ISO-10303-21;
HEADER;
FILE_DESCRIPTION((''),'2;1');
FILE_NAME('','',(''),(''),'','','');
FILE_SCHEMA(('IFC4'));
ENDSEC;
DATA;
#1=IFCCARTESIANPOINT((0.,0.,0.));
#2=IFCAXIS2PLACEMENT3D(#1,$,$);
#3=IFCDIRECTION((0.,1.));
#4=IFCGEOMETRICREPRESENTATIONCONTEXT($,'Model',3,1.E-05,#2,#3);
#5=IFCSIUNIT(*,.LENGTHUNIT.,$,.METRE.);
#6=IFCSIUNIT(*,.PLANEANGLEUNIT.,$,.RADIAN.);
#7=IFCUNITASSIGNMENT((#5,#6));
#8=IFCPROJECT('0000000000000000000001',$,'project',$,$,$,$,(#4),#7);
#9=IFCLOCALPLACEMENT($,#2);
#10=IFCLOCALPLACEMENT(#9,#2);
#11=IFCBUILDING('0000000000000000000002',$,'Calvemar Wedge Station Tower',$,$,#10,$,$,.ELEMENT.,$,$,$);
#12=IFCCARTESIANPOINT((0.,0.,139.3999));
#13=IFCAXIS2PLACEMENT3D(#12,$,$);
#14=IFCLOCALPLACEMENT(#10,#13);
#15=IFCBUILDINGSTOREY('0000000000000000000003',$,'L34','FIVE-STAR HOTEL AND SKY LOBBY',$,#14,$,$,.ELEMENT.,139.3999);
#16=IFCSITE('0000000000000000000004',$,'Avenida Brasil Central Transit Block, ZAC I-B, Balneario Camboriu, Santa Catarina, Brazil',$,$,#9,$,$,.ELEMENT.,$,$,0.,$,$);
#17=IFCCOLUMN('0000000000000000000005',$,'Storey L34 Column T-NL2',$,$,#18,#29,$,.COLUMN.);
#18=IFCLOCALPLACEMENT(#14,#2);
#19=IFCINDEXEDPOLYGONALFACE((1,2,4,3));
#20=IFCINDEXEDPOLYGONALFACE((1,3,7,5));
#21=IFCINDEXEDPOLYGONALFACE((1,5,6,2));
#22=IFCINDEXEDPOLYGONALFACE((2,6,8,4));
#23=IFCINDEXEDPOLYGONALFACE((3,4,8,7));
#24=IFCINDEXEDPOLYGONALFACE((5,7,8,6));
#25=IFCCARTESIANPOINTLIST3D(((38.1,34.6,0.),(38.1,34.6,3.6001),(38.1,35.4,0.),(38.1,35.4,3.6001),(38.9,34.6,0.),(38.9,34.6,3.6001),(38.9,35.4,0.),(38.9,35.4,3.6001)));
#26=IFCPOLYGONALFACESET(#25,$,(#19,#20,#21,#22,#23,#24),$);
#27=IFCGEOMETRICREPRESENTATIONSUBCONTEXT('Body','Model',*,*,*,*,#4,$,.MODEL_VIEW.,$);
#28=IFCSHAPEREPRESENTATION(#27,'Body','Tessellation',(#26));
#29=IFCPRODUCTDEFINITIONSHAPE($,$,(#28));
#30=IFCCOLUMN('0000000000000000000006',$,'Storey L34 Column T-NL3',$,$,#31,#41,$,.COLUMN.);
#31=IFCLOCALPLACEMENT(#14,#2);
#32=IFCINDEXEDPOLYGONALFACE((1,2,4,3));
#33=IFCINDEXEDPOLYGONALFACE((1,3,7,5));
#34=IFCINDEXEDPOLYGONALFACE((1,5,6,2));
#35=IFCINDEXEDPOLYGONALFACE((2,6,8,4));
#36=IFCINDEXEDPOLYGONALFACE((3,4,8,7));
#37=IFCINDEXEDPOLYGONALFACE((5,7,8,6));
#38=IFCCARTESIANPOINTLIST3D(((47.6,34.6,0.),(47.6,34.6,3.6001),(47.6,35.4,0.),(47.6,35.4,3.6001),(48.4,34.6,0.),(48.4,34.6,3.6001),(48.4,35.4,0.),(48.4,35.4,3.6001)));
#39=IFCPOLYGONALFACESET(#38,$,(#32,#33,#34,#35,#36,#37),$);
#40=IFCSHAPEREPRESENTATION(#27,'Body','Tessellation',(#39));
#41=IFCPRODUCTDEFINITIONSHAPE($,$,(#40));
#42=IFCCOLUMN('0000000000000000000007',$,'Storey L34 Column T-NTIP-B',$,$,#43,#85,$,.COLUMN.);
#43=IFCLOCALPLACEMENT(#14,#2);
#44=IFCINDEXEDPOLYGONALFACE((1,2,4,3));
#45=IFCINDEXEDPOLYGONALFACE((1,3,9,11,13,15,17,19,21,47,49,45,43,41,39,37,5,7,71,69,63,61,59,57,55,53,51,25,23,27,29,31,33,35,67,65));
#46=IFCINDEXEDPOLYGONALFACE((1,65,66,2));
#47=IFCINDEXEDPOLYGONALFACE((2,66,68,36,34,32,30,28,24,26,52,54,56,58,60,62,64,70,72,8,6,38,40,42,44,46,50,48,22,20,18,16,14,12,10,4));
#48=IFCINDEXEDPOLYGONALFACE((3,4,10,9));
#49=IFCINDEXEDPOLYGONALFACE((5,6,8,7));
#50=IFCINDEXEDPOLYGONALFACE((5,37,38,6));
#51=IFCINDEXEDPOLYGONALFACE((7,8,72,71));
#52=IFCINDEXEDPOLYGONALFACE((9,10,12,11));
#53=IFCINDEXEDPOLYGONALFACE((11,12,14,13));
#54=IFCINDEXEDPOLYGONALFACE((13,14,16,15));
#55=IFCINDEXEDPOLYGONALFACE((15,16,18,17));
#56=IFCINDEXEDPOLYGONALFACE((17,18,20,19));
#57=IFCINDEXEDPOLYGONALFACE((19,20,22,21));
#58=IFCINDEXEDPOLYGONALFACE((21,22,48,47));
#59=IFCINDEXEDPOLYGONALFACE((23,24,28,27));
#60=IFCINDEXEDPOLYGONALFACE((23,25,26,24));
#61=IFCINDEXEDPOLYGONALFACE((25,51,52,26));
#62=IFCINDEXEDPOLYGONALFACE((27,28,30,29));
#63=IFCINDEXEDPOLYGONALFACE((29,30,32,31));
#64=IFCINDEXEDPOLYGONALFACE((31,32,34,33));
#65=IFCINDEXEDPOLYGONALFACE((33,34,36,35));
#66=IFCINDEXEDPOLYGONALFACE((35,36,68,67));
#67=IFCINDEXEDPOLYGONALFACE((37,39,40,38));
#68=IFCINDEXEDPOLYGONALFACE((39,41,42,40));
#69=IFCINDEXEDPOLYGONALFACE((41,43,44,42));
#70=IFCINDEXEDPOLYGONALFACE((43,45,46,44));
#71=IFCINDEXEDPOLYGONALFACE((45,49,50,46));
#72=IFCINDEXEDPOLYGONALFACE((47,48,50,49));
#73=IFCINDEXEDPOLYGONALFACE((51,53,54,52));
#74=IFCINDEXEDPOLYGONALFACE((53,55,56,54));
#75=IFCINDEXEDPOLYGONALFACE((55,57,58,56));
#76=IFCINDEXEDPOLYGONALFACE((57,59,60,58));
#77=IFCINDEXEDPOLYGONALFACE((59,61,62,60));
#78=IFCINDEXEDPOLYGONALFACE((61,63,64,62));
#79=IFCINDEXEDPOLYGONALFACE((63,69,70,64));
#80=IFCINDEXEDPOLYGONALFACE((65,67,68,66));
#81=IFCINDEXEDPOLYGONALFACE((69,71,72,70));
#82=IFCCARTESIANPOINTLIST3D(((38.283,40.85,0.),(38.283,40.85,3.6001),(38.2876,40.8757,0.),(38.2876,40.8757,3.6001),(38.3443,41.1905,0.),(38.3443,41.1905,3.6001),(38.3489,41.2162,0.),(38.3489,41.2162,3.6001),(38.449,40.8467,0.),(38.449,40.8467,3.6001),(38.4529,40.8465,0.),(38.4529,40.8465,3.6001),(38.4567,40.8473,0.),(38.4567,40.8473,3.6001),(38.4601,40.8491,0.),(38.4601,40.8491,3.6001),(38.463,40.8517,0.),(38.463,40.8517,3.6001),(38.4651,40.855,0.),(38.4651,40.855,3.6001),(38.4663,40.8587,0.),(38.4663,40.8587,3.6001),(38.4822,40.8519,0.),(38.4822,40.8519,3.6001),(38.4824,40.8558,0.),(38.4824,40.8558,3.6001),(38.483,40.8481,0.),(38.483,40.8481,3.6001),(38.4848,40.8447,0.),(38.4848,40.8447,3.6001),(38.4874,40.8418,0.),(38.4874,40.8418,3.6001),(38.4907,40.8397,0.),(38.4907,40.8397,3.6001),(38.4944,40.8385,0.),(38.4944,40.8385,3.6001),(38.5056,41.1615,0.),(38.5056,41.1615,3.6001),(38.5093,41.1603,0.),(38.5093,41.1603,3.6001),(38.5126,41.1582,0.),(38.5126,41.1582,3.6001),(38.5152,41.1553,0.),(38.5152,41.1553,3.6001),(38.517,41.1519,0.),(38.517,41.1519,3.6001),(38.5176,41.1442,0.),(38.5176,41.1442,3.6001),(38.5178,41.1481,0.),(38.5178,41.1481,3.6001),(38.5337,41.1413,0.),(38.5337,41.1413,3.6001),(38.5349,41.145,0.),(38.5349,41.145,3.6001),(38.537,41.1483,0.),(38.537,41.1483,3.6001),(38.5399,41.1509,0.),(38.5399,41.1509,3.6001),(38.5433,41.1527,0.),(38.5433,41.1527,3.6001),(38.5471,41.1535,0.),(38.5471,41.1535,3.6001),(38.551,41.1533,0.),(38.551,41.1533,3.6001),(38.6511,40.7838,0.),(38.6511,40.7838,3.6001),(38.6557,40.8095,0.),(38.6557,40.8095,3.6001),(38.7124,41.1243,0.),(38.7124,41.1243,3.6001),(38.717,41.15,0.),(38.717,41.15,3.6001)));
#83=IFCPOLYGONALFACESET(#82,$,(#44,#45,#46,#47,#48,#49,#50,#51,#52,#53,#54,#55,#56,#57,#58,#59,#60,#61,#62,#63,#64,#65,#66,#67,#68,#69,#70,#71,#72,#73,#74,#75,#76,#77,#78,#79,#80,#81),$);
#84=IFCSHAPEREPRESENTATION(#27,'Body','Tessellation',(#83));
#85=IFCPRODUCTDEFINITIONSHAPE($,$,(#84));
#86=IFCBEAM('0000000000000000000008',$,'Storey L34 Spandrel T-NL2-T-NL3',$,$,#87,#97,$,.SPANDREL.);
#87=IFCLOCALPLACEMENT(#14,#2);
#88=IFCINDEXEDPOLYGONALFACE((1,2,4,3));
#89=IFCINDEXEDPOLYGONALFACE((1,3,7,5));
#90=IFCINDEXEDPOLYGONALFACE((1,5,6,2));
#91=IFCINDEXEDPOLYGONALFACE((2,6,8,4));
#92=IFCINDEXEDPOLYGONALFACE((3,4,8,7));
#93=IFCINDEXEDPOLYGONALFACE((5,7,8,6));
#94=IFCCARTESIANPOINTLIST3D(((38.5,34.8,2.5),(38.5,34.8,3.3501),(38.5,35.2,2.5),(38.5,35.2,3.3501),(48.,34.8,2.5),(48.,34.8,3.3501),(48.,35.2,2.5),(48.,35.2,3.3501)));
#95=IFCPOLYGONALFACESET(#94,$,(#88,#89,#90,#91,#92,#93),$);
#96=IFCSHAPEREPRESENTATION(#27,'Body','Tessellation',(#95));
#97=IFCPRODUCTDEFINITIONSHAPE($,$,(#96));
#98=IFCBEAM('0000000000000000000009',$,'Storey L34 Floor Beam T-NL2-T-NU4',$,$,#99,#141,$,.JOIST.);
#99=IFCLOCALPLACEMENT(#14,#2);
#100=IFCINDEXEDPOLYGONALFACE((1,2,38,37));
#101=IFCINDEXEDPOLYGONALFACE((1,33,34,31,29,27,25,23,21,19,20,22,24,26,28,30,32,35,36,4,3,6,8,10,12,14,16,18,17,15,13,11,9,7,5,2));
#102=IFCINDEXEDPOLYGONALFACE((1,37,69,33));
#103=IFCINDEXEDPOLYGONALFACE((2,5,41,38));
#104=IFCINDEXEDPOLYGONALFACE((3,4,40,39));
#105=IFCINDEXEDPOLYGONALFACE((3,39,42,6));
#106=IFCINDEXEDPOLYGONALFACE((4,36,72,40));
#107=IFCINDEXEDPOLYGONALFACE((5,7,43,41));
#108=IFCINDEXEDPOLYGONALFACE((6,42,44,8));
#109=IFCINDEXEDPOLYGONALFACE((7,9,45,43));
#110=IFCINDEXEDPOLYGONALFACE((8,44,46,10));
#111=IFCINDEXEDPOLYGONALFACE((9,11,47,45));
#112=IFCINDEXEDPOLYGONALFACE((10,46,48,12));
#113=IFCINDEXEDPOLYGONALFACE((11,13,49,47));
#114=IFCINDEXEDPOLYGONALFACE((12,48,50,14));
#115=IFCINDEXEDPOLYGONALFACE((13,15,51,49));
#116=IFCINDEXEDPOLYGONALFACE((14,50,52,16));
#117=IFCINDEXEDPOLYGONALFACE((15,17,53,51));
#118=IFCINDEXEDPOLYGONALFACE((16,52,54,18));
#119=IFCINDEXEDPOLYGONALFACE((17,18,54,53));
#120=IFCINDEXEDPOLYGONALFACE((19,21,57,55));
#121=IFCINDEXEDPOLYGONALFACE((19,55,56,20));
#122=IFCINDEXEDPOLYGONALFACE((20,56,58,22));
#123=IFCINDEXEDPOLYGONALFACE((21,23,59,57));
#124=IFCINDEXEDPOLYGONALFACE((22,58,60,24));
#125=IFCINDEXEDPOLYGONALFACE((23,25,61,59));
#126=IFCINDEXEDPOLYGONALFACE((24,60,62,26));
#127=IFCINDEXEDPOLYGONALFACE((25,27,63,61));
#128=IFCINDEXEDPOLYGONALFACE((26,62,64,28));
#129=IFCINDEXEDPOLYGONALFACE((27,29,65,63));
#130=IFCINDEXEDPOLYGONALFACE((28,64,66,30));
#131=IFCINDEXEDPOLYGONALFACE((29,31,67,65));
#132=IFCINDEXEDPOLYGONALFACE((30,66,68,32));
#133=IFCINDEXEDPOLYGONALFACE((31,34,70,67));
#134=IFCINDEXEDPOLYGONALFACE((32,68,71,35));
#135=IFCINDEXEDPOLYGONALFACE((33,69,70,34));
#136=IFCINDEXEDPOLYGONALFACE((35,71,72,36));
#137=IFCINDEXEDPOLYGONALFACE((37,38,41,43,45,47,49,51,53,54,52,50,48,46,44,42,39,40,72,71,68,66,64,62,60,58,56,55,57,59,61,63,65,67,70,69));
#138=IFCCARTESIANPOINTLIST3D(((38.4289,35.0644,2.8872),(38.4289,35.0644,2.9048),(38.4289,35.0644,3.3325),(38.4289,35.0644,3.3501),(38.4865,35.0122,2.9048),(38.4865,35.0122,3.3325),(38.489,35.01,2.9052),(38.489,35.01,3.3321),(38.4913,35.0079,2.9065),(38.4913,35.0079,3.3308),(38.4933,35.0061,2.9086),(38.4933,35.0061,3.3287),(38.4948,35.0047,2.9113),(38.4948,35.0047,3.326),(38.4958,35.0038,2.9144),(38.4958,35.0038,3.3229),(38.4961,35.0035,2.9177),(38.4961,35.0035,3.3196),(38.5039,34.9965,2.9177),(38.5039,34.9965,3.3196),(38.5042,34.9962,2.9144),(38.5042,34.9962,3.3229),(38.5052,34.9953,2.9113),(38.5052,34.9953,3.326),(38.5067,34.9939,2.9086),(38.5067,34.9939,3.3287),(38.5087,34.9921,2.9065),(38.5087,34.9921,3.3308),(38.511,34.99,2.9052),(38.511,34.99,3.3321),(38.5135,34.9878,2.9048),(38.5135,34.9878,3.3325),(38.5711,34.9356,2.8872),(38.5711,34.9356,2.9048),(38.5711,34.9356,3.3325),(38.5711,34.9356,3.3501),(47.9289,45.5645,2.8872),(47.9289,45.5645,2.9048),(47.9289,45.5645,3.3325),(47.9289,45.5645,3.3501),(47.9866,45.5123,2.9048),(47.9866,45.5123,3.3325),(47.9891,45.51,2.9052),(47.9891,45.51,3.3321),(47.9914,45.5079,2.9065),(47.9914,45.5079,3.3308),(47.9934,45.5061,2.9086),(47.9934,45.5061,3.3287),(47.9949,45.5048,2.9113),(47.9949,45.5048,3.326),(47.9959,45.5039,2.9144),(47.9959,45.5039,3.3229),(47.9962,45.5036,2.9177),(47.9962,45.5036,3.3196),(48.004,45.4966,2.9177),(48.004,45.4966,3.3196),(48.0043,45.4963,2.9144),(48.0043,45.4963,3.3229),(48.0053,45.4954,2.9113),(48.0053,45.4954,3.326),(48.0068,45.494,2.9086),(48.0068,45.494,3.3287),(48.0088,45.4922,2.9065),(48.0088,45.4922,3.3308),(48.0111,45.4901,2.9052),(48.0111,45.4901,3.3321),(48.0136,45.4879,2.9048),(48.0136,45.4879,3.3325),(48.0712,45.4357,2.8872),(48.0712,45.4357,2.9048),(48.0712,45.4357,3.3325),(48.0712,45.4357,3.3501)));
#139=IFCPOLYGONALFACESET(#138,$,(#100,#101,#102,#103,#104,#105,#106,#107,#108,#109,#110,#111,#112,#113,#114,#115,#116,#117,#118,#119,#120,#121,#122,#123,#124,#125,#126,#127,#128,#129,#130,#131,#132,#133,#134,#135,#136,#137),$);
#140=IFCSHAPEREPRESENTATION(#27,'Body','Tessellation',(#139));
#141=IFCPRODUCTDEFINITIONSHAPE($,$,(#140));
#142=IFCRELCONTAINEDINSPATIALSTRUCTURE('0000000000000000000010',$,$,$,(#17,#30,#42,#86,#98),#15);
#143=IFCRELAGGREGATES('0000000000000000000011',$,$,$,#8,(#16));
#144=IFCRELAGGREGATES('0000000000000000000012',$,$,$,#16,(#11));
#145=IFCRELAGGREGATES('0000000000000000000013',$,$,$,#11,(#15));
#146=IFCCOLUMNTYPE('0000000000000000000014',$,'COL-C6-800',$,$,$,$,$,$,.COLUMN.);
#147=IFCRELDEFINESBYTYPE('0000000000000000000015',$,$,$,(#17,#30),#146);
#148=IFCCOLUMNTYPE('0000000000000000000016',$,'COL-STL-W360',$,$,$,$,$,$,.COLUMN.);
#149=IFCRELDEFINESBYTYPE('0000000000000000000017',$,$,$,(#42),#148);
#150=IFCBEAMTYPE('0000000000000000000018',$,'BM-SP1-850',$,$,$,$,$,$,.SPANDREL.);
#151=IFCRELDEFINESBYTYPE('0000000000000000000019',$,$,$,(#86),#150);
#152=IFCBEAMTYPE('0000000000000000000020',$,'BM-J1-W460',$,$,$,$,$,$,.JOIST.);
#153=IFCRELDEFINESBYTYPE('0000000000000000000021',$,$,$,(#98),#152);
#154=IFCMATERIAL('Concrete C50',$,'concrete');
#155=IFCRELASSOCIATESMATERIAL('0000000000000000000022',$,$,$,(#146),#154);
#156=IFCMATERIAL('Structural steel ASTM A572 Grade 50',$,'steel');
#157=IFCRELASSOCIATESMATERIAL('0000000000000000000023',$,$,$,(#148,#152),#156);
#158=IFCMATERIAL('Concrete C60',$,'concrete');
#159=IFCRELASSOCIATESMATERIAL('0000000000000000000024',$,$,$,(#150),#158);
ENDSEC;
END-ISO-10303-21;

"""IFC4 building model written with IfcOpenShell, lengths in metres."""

from ifc_helpers import new_model, si_unit, direction, frame, origin, origin_2d, place, context, subcontext, project, spatial, rectangle, i_section, extrude, source, transform, mapped, material, material_profile, profile_set, type_object, element, save


model = new_model("IFC4")

# Units and contexts
model_context = context("Model", 3, precision=1e-05, world=origin(), true_north=direction((0.0, 1.0)))
body_context = subcontext(model_context, "Body", "Model", "MODEL_VIEW")
ifc_project = project(units=[si_unit("LENGTHUNIT", "METRE"), si_unit("PLANEANGLEUNIT", "RADIAN")], contexts=[model_context])

# Site, building, storey
site_placement = place(None, origin())
site = spatial("IfcSite", under=ifc_project, at=site_placement, Name="Avenida Brasil Central Transit Block, ZAC I-B, Balneario Camboriu, Santa Catarina, Brazil", CompositionType="ELEMENT", RefElevation=0.0)
building_placement = place(site_placement, origin())
building = spatial("IfcBuilding", under=site, at=building_placement, Name="Calvemar Wedge Station Tower", CompositionType="ELEMENT")
storey_placement = place(building_placement, frame((0.0, 0.0, 139.3999)))
storey = spatial("IfcBuildingStorey", under=building, at=storey_placement, Name="L34", Description="FIVE-STAR HOTEL AND SKY LOBBY", CompositionType="ELEMENT", Elevation=139.3999)

# Columns
ifc_material_1 = material(Name="Concrete C50", Category="concrete")
ifc_material_profile_1 = material_profile(ifc_material_1, rectangle(XDim=0.8, YDim=0.8, at=origin_2d()), Name="RC800x800")
ifc_profile_set_1 = profile_set([ifc_material_profile_1], Name="Concrete C50")
column_type_1 = type_object("IfcColumnType", Name="COL-C6-800", PredefinedType="COLUMN", material=ifc_profile_set_1)
shared_shape_1 = source(origin(), body_context, "Body", "SweptSolid", [
    extrude(rectangle(XDim=0.8, YDim=0.8, at=origin_2d()), origin(), (0.0, 0.0, 1.0), 3.6001),
])
for number, where, z_axis, x_axis, name in (
    (1, (38.5, 35.0, 0.0), (0.0, 0.0, 1.0), (1.0, 0.0, 0.0), "Storey L34 Column T-NL2"),
    (2, (48.0, 35.0, 0.0), (0.0, 0.0, 1.0), (1.0, 0.0, 0.0), "Storey L34 Column T-NL3"),
):
    element("IfcColumn", number, at=place(storey_placement, frame(where, z_axis=z_axis, x_axis=x_axis)), inside=storey, type_object=column_type_1, Name=name, PredefinedType="COLUMN", context=body_context, shape_type="MappedRepresentation", body=[
        mapped(shared_shape_1, transform((0.0, 0.0, 0.0), scale=1.0)),
    ])
ifc_material_2 = material(Name="Structural steel ASTM A572 Grade 50", Category="steel")
ifc_material_profile_2 = material_profile(ifc_material_2, i_section(OverallWidth=0.374, OverallDepth=0.3721, WebThickness=0.0164, FlangeThickness=0.0261, FilletRadius=0.0149, at=origin_2d()), Name="W360x196")
ifc_profile_set_2 = profile_set([ifc_material_profile_2], Name="Structural steel ASTM A572 Grade 50")
column_type_2 = type_object("IfcColumnType", Name="COL-STL-W360", PredefinedType="COLUMN", material=ifc_profile_set_2)
shared_shape_2 = source(origin(), body_context, "Body", "SweptSolid", [
    extrude(i_section(OverallWidth=0.374, OverallDepth=0.3721, WebThickness=0.0164, FlangeThickness=0.0261, FilletRadius=0.0149, at=origin_2d()), origin(), (0.0, 0.0, 1.0), 3.6001),
])
column_placement = place(storey_placement, frame((38.5, 41.0, 0.0), z_axis=(0.0, 0.0, 1.0), x_axis=(0.984196, -0.177085, 0.0)))
element("IfcColumn", 3, at=column_placement, inside=storey, type_object=column_type_2, Name="Storey L34 Column T-NTIP-B", PredefinedType="COLUMN", context=body_context, shape_type="MappedRepresentation", body=[
    mapped(shared_shape_2, transform((0.0, 0.0, 0.0), scale=1.0)),
])

# Beams
ifc_material_3 = material(Name="Concrete C60", Category="concrete")
ifc_material_profile_3 = material_profile(ifc_material_3, rectangle(XDim=0.3999, YDim=0.8501, at=origin_2d()), Name="RC400x850")
ifc_profile_set_3 = profile_set([ifc_material_profile_3], Name="Concrete C60")
beam_type_1 = type_object("IfcBeamType", Name="BM-SP1-850", PredefinedType="SPANDREL", material=ifc_profile_set_3)
shared_shape_3 = source(origin(), body_context, "Body", "SweptSolid", [
    extrude(rectangle(XDim=0.3999, YDim=0.8501, at=origin_2d()), origin(), (0.0, 0.0, 1.0), 9.5),
])
beam_1_placement = place(storey_placement, frame((38.5, 35.0, 2.925), z_axis=(1.0, 0.0, 0.0), x_axis=(0.0, 1.0, 0.0)))
element("IfcBeam", 4, at=beam_1_placement, inside=storey, type_object=beam_type_1, Name="Storey L34 Spandrel T-NL2-T-NL3", PredefinedType="SPANDREL", context=body_context, shape_type="MappedRepresentation", body=[
    mapped(shared_shape_3, transform((0.0, 0.0, 0.0), scale=1.0)),
])
ifc_material_profile_4 = material_profile(ifc_material_2, i_section(OverallWidth=0.1919, OverallDepth=0.4629, WebThickness=0.0105, FlangeThickness=0.0176, FilletRadius=0.0129, at=origin_2d()), Name="W460x89")
ifc_profile_set_4 = profile_set([ifc_material_profile_4], Name="Structural steel ASTM A572 Grade 50")
beam_type_2 = type_object("IfcBeamType", Name="BM-J1-W460", PredefinedType="JOIST", material=ifc_profile_set_4)
shared_shape_4 = source(origin(), body_context, "Body", "SweptSolid", [
    extrude(i_section(OverallWidth=0.1919, OverallDepth=0.4629, WebThickness=0.0105, FlangeThickness=0.0176, FilletRadius=0.0129, at=origin_2d()), origin(), (0.0, 0.0, 1.0), 14.1599),
])
beam_2_placement = place(storey_placement, frame((38.5, 35.0, 3.1187), z_axis=(0.670913, 0.741536, 0.0), x_axis=(-0.741536, 0.670913, 0.0)))
element("IfcBeam", 5, at=beam_2_placement, inside=storey, type_object=beam_type_2, Name="Storey L34 Floor Beam T-NL2-T-NU4", PredefinedType="JOIST", context=body_context, shape_type="MappedRepresentation", body=[
    mapped(shared_shape_4, transform((0.0, 0.0, 0.0), scale=1.0)),
])

save(model, "model.ifc")
